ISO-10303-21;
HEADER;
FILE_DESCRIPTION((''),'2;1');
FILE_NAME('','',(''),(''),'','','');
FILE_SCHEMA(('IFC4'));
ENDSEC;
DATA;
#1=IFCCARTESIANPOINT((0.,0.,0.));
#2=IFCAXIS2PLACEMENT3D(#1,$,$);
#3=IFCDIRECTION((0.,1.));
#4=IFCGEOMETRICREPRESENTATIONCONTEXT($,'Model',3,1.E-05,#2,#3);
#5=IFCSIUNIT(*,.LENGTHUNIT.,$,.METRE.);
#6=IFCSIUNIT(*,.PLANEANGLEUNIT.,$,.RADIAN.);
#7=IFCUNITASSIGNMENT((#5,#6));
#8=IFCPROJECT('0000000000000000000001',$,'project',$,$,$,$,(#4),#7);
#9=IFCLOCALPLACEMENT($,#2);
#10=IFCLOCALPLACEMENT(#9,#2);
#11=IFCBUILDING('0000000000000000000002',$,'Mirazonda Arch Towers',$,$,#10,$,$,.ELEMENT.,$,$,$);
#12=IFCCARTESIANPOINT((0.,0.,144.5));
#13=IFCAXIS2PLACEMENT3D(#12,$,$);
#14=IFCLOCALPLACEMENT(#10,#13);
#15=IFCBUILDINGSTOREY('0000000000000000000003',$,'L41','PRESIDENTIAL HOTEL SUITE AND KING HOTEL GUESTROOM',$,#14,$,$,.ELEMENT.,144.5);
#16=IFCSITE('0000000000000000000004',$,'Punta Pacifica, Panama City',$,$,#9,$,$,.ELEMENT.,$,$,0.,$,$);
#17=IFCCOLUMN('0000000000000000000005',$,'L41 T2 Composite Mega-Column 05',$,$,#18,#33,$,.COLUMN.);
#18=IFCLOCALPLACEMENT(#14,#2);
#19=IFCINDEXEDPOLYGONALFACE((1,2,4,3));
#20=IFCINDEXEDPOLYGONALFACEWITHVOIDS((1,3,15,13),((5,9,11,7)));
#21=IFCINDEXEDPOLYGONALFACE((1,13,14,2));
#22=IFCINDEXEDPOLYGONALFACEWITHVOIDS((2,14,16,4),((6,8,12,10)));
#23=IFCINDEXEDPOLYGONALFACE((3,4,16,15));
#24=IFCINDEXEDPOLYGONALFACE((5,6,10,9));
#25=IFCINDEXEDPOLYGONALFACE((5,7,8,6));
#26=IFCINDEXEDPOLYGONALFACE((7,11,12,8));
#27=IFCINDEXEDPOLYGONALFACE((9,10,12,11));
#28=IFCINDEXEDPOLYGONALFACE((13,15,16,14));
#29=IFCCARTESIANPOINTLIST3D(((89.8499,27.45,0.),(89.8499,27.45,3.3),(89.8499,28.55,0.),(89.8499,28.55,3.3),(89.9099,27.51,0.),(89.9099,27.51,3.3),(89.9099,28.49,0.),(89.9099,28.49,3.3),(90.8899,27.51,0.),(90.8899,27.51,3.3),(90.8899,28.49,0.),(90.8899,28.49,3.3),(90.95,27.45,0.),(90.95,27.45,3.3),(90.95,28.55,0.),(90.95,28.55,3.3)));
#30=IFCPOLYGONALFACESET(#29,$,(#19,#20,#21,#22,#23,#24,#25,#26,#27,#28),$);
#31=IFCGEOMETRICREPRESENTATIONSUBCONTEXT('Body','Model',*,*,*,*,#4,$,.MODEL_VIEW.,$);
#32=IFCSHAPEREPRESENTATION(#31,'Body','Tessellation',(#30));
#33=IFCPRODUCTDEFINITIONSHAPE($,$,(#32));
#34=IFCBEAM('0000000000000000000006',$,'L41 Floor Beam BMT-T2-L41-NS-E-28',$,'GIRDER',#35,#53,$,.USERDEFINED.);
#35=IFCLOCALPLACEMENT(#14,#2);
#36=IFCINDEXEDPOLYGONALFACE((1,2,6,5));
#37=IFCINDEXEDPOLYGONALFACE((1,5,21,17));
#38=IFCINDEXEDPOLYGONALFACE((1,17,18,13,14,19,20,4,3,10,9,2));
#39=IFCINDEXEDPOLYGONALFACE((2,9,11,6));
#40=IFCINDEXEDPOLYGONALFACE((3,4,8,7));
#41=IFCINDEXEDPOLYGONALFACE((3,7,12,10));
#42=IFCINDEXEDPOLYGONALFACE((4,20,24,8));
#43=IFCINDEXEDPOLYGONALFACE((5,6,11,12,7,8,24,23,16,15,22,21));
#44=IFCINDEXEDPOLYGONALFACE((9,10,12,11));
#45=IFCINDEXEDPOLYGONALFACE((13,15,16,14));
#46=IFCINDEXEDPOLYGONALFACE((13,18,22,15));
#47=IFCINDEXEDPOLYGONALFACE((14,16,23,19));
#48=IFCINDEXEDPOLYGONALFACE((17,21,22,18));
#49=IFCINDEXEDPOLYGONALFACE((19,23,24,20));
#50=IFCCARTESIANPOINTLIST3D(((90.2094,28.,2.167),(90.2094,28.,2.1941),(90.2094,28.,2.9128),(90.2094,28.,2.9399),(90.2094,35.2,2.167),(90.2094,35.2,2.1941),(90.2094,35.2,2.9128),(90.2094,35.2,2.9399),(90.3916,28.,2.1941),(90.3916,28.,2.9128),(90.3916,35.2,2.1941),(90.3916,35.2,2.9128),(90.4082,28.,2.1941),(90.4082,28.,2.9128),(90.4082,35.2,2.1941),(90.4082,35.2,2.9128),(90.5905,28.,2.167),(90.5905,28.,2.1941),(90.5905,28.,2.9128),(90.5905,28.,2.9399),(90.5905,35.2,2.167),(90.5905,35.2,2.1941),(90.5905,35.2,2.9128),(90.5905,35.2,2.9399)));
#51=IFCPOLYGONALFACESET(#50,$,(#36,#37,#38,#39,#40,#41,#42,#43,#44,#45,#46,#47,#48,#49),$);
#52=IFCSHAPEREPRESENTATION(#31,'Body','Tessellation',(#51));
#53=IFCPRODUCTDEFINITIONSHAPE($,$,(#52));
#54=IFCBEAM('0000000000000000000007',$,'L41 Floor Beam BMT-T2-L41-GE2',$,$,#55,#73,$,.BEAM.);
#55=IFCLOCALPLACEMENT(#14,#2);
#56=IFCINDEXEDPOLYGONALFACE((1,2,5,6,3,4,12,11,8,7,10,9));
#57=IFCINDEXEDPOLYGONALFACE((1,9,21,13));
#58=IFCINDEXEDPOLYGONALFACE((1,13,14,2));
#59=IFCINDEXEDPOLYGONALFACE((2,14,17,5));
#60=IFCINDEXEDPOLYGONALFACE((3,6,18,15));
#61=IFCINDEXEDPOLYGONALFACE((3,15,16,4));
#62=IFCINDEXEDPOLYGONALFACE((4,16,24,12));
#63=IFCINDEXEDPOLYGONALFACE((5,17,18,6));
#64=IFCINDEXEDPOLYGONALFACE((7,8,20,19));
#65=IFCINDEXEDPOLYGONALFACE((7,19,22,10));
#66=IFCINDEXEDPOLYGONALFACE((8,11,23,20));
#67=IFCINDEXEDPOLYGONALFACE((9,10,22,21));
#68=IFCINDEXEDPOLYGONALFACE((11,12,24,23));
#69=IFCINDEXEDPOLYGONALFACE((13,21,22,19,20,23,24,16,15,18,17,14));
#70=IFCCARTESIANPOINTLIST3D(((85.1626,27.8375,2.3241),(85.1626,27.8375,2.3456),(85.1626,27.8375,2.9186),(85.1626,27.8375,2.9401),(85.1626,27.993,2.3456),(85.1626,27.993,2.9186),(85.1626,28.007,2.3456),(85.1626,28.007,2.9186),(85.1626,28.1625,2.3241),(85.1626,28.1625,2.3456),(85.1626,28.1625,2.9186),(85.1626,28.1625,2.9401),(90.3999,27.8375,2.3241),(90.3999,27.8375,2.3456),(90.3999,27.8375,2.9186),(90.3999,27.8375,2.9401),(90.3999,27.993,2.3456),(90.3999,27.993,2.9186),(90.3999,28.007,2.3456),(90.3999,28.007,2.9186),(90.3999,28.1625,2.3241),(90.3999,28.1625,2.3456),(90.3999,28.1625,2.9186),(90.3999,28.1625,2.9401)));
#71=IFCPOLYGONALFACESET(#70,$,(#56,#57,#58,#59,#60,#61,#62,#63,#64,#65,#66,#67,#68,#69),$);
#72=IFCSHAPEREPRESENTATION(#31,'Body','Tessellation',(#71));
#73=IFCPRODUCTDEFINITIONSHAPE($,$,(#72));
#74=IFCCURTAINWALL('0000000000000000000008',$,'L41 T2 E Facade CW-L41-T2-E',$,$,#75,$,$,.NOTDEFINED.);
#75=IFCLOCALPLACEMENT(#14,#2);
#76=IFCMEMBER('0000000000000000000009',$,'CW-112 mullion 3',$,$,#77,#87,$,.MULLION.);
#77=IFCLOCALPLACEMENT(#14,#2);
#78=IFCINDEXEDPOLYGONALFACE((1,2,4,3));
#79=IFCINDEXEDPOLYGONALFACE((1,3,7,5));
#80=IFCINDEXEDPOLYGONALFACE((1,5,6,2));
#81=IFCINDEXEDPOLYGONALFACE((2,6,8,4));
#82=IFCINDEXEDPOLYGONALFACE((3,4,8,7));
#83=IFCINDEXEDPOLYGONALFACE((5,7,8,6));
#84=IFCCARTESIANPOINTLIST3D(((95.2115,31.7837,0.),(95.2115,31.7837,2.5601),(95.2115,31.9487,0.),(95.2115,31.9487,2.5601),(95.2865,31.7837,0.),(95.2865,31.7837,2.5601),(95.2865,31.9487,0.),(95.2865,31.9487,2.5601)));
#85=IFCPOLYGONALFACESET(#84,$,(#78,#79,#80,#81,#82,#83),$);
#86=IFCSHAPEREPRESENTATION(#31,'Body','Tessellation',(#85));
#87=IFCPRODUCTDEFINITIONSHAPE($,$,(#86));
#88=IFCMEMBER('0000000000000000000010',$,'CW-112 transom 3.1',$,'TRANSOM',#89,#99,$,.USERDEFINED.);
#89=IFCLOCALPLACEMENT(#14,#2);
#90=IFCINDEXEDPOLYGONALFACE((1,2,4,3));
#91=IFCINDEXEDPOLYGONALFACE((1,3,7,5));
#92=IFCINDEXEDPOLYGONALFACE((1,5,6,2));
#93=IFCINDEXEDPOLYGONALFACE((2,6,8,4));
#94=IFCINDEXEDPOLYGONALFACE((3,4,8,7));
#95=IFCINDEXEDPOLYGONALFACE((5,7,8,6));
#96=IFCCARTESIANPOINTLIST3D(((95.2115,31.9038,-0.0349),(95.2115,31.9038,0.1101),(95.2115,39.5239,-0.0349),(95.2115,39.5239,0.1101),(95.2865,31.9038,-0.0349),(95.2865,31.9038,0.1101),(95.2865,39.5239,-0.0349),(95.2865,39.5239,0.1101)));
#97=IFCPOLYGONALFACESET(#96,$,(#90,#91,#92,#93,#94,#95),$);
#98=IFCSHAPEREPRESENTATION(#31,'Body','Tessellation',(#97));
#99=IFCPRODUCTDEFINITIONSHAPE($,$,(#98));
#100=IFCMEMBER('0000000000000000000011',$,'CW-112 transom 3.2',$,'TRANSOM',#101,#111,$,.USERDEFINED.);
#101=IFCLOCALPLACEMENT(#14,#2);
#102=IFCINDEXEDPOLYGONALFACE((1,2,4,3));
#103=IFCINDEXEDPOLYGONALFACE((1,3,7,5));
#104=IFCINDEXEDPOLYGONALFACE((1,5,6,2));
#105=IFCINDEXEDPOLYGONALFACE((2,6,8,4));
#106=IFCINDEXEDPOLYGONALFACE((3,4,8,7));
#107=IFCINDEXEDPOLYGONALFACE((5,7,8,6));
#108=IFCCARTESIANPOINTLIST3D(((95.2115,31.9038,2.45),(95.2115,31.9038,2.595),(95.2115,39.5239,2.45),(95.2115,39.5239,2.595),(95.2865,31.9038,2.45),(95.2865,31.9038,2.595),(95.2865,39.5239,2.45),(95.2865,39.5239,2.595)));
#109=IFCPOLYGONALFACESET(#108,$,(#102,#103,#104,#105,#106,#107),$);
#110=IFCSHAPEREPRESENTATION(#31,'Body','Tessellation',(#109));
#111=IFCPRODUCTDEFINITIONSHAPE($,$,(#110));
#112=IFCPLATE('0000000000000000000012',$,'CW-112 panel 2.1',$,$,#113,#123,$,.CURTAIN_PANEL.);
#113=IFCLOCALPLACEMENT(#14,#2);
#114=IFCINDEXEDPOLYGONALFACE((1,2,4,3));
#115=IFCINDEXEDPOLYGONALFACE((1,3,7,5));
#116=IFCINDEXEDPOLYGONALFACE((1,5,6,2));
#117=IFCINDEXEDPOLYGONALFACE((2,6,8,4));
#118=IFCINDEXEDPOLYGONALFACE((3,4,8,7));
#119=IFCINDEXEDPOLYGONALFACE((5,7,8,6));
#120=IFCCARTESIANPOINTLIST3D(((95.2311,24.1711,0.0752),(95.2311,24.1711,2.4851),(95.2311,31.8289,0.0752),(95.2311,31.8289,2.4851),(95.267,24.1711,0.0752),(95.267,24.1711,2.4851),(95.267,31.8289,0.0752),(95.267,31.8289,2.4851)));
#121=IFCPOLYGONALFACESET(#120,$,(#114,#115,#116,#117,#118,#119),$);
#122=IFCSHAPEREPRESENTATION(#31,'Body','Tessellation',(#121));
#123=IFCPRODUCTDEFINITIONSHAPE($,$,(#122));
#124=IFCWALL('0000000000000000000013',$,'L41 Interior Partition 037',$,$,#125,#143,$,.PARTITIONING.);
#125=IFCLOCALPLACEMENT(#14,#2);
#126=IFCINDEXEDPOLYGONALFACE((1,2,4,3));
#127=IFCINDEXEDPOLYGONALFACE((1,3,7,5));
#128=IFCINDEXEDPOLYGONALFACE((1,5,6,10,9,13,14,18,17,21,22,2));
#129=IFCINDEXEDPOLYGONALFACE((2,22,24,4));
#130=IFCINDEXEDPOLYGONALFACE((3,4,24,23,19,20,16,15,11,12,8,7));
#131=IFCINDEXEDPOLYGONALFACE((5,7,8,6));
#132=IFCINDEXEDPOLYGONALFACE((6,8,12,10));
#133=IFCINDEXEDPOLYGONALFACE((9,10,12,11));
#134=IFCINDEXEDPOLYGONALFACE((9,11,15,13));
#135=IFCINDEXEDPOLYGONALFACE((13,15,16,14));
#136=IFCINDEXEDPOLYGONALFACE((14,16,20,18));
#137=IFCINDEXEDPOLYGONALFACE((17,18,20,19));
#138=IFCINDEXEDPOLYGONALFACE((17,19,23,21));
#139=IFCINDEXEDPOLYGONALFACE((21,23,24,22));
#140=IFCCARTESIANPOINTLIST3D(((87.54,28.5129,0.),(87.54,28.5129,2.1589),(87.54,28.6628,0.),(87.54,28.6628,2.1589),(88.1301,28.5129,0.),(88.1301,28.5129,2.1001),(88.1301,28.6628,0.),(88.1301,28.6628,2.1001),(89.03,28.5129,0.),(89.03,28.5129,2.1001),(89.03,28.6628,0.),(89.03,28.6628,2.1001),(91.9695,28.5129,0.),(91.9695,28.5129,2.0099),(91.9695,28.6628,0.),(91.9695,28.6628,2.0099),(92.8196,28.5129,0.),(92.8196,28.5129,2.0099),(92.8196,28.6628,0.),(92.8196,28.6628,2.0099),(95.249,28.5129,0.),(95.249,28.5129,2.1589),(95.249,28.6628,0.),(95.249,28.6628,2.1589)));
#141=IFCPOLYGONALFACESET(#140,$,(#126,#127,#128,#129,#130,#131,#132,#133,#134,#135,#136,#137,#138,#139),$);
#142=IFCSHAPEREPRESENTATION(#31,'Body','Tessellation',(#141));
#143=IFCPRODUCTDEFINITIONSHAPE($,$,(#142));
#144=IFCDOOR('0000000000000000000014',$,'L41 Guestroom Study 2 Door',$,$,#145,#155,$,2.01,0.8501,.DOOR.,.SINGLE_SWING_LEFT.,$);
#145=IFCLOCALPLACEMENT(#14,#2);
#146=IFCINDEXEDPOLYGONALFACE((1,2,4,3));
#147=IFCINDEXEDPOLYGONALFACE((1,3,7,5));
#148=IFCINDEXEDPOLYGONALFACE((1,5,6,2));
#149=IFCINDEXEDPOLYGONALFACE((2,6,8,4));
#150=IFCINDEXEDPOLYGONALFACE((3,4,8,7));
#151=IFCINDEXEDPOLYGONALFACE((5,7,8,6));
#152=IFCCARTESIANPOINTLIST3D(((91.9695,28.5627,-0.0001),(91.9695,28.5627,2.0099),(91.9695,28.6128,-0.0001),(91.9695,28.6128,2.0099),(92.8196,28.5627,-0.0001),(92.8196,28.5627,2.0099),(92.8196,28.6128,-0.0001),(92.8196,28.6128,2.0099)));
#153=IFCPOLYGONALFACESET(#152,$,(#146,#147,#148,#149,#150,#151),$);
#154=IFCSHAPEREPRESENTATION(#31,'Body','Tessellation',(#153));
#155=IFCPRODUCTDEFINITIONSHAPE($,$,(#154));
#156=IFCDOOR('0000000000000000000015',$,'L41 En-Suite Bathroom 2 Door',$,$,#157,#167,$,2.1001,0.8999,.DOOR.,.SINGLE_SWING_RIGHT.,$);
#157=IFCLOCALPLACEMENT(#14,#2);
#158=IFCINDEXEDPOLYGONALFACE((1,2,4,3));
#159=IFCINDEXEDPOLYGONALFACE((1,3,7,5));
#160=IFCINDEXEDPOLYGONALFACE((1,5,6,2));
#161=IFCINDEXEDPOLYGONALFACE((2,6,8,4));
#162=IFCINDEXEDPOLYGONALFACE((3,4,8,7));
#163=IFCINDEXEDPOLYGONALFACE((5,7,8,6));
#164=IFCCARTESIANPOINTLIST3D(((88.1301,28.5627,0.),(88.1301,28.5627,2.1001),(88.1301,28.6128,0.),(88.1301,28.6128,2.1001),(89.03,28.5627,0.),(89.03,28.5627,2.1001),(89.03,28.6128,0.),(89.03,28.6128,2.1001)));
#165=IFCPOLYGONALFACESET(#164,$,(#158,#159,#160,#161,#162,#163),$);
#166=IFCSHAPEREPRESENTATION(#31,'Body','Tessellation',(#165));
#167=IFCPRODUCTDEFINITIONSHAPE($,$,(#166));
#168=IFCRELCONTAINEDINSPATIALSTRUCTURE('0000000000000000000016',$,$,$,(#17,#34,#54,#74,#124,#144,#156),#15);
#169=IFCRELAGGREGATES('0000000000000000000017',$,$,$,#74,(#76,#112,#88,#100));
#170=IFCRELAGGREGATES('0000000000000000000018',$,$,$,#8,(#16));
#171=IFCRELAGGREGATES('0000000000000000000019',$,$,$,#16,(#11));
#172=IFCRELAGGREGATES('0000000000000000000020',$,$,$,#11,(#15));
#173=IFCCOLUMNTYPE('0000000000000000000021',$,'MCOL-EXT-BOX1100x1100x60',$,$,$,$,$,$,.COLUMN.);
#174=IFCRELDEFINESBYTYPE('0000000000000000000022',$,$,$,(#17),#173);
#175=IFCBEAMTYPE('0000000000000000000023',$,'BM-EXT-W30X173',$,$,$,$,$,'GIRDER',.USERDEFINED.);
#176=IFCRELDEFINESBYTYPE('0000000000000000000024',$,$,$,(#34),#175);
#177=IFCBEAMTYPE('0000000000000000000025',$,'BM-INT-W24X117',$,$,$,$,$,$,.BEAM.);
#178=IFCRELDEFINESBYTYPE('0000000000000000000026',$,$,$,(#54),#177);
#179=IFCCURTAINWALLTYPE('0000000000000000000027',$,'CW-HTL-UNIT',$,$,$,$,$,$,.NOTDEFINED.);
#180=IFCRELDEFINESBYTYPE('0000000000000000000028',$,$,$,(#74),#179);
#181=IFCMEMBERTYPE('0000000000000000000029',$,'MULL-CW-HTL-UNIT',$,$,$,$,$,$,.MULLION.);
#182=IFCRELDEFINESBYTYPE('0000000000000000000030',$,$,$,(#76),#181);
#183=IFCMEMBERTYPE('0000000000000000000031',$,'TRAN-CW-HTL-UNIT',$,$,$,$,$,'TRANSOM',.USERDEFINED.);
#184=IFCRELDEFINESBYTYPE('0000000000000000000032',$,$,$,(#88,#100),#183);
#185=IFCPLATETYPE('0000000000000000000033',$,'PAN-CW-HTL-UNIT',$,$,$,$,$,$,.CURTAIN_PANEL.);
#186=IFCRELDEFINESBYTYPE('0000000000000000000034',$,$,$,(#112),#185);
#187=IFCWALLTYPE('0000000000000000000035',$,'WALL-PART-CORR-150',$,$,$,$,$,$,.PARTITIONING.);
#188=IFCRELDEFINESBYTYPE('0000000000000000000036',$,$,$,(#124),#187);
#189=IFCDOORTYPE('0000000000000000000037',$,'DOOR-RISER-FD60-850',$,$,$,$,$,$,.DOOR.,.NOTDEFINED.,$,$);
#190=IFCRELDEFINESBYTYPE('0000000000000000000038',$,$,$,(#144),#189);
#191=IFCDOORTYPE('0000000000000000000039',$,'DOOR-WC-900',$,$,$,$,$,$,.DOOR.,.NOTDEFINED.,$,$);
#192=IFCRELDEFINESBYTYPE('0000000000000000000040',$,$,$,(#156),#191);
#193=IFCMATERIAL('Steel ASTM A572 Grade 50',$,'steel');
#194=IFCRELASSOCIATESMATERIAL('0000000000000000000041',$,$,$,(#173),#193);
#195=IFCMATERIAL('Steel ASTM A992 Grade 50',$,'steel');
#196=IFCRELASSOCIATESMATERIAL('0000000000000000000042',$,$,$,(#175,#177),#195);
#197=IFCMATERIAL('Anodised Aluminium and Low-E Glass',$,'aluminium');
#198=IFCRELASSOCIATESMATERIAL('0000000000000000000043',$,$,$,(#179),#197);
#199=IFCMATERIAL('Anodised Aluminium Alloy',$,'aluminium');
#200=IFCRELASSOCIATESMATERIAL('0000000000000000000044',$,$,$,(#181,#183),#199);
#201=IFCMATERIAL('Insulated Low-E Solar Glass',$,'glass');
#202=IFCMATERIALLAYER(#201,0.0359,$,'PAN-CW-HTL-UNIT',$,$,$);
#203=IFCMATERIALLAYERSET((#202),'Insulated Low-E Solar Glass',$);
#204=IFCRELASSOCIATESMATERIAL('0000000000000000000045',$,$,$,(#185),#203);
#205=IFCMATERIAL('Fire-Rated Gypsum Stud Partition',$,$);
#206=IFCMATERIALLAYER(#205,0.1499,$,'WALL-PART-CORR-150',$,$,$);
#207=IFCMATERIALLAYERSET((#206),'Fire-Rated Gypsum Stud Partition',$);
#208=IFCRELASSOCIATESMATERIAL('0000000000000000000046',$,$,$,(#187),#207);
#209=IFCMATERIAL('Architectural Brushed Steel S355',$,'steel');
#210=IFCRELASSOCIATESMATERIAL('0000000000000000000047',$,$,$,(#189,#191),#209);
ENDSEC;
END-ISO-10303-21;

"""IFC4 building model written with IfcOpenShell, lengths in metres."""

from ifc_helpers import new_model, si_unit, direction, frame, frame_2d, origin, origin_2d, place, context, subcontext, project, spatial, rectangle, hollow_rectangle, i_section, extrude, material, layer, layer_set, material_profile, profile_set, type_object, element, fill, aggregate, save


model = new_model("IFC4")

# Units and contexts
model_context = context("Model", 3, precision=1e-05, world=origin(), true_north=direction((0.0, 1.0)))
body_context = subcontext(model_context, "Body", "Model", "MODEL_VIEW")
ifc_project = project(units=[si_unit("LENGTHUNIT", "METRE"), si_unit("PLANEANGLEUNIT", "RADIAN")], contexts=[model_context])

# Site, building, storey
site_placement = place(None, origin())
site = spatial("IfcSite", under=ifc_project, at=site_placement, Name="Punta Pacifica, Panama City", CompositionType="ELEMENT", RefElevation=0.0)
building_placement = place(site_placement, origin())
building = spatial("IfcBuilding", under=site, at=building_placement, Name="Mirazonda Arch Towers", CompositionType="ELEMENT")
storey_placement = place(building_placement, frame((0.0, 0.0, 144.5)))
storey = spatial("IfcBuildingStorey", under=building, at=storey_placement, Name="L41", Description="PRESIDENTIAL HOTEL SUITE AND KING HOTEL GUESTROOM", CompositionType="ELEMENT", Elevation=144.5)

# Column
ifc_material_1 = material(Name="Steel ASTM A572 Grade 50", Category="steel")
ifc_material_profile_1 = material_profile(ifc_material_1, hollow_rectangle(XDim=1.1001, YDim=1.1001, WallThickness=0.0601, at=origin_2d()), Name="BOX1100x1100x60")
ifc_profile_set_1 = profile_set([ifc_material_profile_1], Name="Steel ASTM A572 Grade 50")
column_type = type_object("IfcColumnType", Name="MCOL-EXT-BOX1100x1100x60", PredefinedType="COLUMN", material=ifc_profile_set_1)
column_placement = place(storey_placement, frame((90.3999, 28.0, 0.0), z_axis=(0.0, 0.0, 1.0), x_axis=(1.0, 0.0, 0.0)))
element("IfcColumn", 1, at=column_placement, inside=storey, type_object=column_type, Name="L41 T2 Composite Mega-Column 05", PredefinedType="COLUMN", context=body_context, shape_type="SweptSolid", body=[
    extrude(hollow_rectangle(XDim=1.1001, YDim=1.1001, WallThickness=0.0601, at=origin_2d()), origin(), (0.0, 0.0, 1.0), 3.3),
])

# Beams
ifc_material_2 = material(Name="Steel ASTM A992 Grade 50", Category="steel")
ifc_material_profile_2 = material_profile(ifc_material_2, i_section(OverallWidth=0.3811, OverallDepth=0.7729, WebThickness=0.0166, FlangeThickness=0.0271, at=origin_2d()), Name="W30X173")
ifc_profile_set_2 = profile_set([ifc_material_profile_2], Name="Steel ASTM A992 Grade 50")
beam_type_1 = type_object("IfcBeamType", Name="BM-EXT-W30X173", ElementType="GIRDER", PredefinedType="USERDEFINED", material=ifc_profile_set_2)
beam_1_placement = place(storey_placement, frame((90.3999, 28.0, 2.5535), z_axis=(0.0, 1.0, 0.0), x_axis=(-1.0, 0.0, 0.0)))
element("IfcBeam", 2, at=beam_1_placement, inside=storey, type_object=beam_type_1, Name="L41 Floor Beam BMT-T2-L41-NS-E-28", ObjectType="GIRDER", PredefinedType="USERDEFINED", context=body_context, shape_type="SweptSolid", body=[
    extrude(i_section(OverallWidth=0.3811, OverallDepth=0.7729, WebThickness=0.0166, FlangeThickness=0.0271, at=origin_2d()), origin(), (0.0, 0.0, 1.0), 7.2),
])
ifc_material_profile_3 = material_profile(ifc_material_2, i_section(OverallWidth=0.325, OverallDepth=0.616, WebThickness=0.0139, FlangeThickness=0.0215, at=origin_2d()), Name="W24X117")
ifc_profile_set_3 = profile_set([ifc_material_profile_3], Name="Steel ASTM A992 Grade 50")
beam_type_2 = type_object("IfcBeamType", Name="BM-INT-W24X117", PredefinedType="BEAM", material=ifc_profile_set_3)
beam_2_placement = place(storey_placement, frame((85.1626, 28.0, 2.6321), z_axis=(1.0, 0.0, 0.0), x_axis=(0.0, 1.0, 0.0)))
element("IfcBeam", 3, at=beam_2_placement, inside=storey, type_object=beam_type_2, Name="L41 Floor Beam BMT-T2-L41-GE2", PredefinedType="BEAM", context=body_context, shape_type="SweptSolid", body=[
    extrude(i_section(OverallWidth=0.325, OverallDepth=0.616, WebThickness=0.0139, FlangeThickness=0.0215, at=origin_2d()), origin(), (0.0, 0.0, 1.0), 5.2373),
])

# Curtain wall, members, plate
ifc_material_3 = material(Name="Anodised Aluminium and Low-E Glass", Category="aluminium")
curtain_wall_type = type_object("IfcCurtainWallType", Name="CW-HTL-UNIT", PredefinedType="NOTDEFINED", material=ifc_material_3)
curtain_wall_placement = place(storey_placement, origin())
curtain_wall = element("IfcCurtainWall", 4, at=curtain_wall_placement, inside=storey, type_object=curtain_wall_type, Name="L41 T2 E Facade CW-L41-T2-E", PredefinedType="NOTDEFINED")
ifc_material_4 = material(Name="Anodised Aluminium Alloy", Category="aluminium")
ifc_material_profile_4 = material_profile(ifc_material_4, rectangle(XDim=0.075, YDim=0.165, at=origin_2d()), Name="ALU-MULL-75x165")
ifc_profile_set_4 = profile_set([ifc_material_profile_4], Name="Anodised Aluminium Alloy")
member_type_1 = type_object("IfcMemberType", Name="MULL-CW-HTL-UNIT", PredefinedType="MULLION", material=ifc_profile_set_4)
member_1_placement = place(storey_placement, frame((95.249, 31.8662, 0.0), z_axis=(0.0, 0.0, 1.0), x_axis=(-1.0, 0.0, 0.0)))
member_1 = element("IfcMember", 5, at=member_1_placement, type_object=member_type_1, Name="CW-112 mullion 3", PredefinedType="MULLION", context=body_context, shape_type="SweptSolid", body=[
    extrude(rectangle(XDim=0.075, YDim=0.165, at=origin_2d()), origin(), (0.0, 0.0, 1.0), 2.5601),
])
ifc_material_profile_5 = material_profile(ifc_material_4, rectangle(XDim=0.075, YDim=0.145, at=origin_2d()), Name="ALU-TRAN-75x145")
ifc_profile_set_5 = profile_set([ifc_material_profile_5], Name="Anodised Aluminium Alloy")
member_type_2 = type_object("IfcMemberType", Name="TRAN-CW-HTL-UNIT", ElementType="TRANSOM", PredefinedType="USERDEFINED", material=ifc_profile_set_5)
member_2_placement = place(storey_placement, frame((95.249, 31.9038, 0.0376), z_axis=(0.0, 1.0, 0.0), x_axis=(-1.0, 0.0, 0.0)))
member_2 = element("IfcMember", 6, at=member_2_placement, type_object=member_type_2, Name="CW-112 transom 3.1", ObjectType="TRANSOM", PredefinedType="USERDEFINED", context=body_context, shape_type="SweptSolid", body=[
    extrude(rectangle(XDim=0.075, YDim=0.145, at=origin_2d()), origin(), (0.0, 0.0, 1.0), 7.6201),
])
member_3_placement = place(storey_placement, frame((95.249, 31.9038, 2.5225), z_axis=(0.0, 1.0, 0.0), x_axis=(-1.0, 0.0, 0.0)))
member_3 = element("IfcMember", 7, at=member_3_placement, type_object=member_type_2, Name="CW-112 transom 3.2", ObjectType="TRANSOM", PredefinedType="USERDEFINED", context=body_context, shape_type="SweptSolid", body=[
    extrude(rectangle(XDim=0.075, YDim=0.145, at=origin_2d()), origin(), (0.0, 0.0, 1.0), 7.6201),
])
ifc_material_5 = material(Name="Insulated Low-E Solar Glass", Category="glass")
ifc_layer_1 = layer(ifc_material_5, 0.0359, Name="PAN-CW-HTL-UNIT")
ifc_layer_set_1 = layer_set([ifc_layer_1], Name="Insulated Low-E Solar Glass")
plate_type = type_object("IfcPlateType", Name="PAN-CW-HTL-UNIT", PredefinedType="CURTAIN_PANEL", material=ifc_layer_set_1)
plate_placement = place(storey_placement, frame((95.249, 28.0, 0.0752), z_axis=(0.0, 0.0, 1.0), x_axis=(0.0, 1.0, 0.0)))
plate = element("IfcPlate", 8, at=plate_placement, type_object=plate_type, Name="CW-112 panel 2.1", PredefinedType="CURTAIN_PANEL", context=body_context, shape_type="SweptSolid", body=[
    extrude(rectangle(XDim=7.6577, YDim=0.0359, at=origin_2d()), origin(), (0.0, 0.0, 1.0), 2.4099),
])
aggregate(curtain_wall, [member_1, plate, member_2, member_3])

# Wall, openings, doors
ifc_material_6 = material(Name="Fire-Rated Gypsum Stud Partition")
ifc_layer_2 = layer(ifc_material_6, 0.1499, Name="WALL-PART-CORR-150")
ifc_layer_set_2 = layer_set([ifc_layer_2], Name="Fire-Rated Gypsum Stud Partition")
wall_type_1 = type_object("IfcWallType", Name="WALL-PART-CORR-150", PredefinedType="PARTITIONING", material=ifc_layer_set_2)
wall_1_placement = place(storey_placement, frame((87.54, 28.5879, 0.0), z_axis=(0.0, 0.0, 1.0), x_axis=(1.0, 0.0, 0.0)))
wall_1 = element("IfcWall", 9, at=wall_1_placement, inside=storey, type_object=wall_type_1, Name="L41 Interior Partition 037", PredefinedType="PARTITIONING", context=body_context, shape_type="SweptSolid", body=[
    extrude(rectangle(XDim=7.709, YDim=0.1499, at=frame_2d((3.8545, 0.0))), origin(), (0.0, 0.0, 1.0), 2.1589),
])
opening_1_placement = place(wall_1_placement, frame((4.4294, 0.0, 0.0)))
opening_1 = element("IfcOpeningElement", 10, at=opening_1_placement, cuts=wall_1, PredefinedType="OPENING", context=body_context, shape_type="SweptSolid", body=[
    extrude(rectangle(XDim=0.8501, YDim=2.01, at=frame_2d((0.425, 1.0049))), frame((0.0, 0.085, 0.0), z_axis=(0.0, -1.0, 0.0), x_axis=(1.0, 0.0, 0.0)), (0.0, 0.0, 1.0), 0.1699),
])
opening_2_placement = place(wall_1_placement, frame((0.5901, 0.0, 0.0)))
opening_2 = element("IfcOpeningElement", 11, at=opening_2_placement, cuts=wall_1, PredefinedType="OPENING", context=body_context, shape_type="SweptSolid", body=[
    extrude(rectangle(XDim=0.8999, YDim=2.1001, at=frame_2d((0.45, 1.05))), frame((0.0, 0.085, 0.0), z_axis=(0.0, -1.0, 0.0), x_axis=(1.0, 0.0, 0.0)), (0.0, 0.0, 1.0), 0.1699),
])
ifc_material_7 = material(Name="Architectural Brushed Steel S355", Category="steel")
door_type_1 = type_object("IfcDoorType", Name="DOOR-RISER-FD60-850", OperationType="NOTDEFINED", PredefinedType="DOOR", material=ifc_material_7)
door_1_placement = place(opening_1_placement, origin())
door_1 = element("IfcDoor", 12, at=door_1_placement, inside=storey, type_object=door_type_1, Name="L41 Guestroom Study 2 Door", OperationType="SINGLE_SWING_LEFT", OverallHeight=2.01, OverallWidth=0.8501, PredefinedType="DOOR", context=body_context, shape_type="SweptSolid", body=[
    extrude(rectangle(XDim=0.8501, YDim=2.01, at=frame_2d((0.425, 1.0049))), frame((0.0, 0.0249, 0.0), z_axis=(0.0, -1.0, 0.0), x_axis=(1.0, 0.0, 0.0)), (0.0, 0.0, 1.0), 0.05),
])
fill(opening_1, door_1)
door_type_2 = type_object("IfcDoorType", Name="DOOR-WC-900", OperationType="NOTDEFINED", PredefinedType="DOOR", material=ifc_material_7)
door_2_placement = place(opening_2_placement, origin())
door_2 = element("IfcDoor", 13, at=door_2_placement, inside=storey, type_object=door_type_2, Name="L41 En-Suite Bathroom 2 Door", OperationType="SINGLE_SWING_RIGHT", OverallHeight=2.1001, OverallWidth=0.8999, PredefinedType="DOOR", context=body_context, shape_type="SweptSolid", body=[
    extrude(rectangle(XDim=0.8999, YDim=2.1001, at=frame_2d((0.45, 1.05))), frame((0.0, 0.0249, 0.0), z_axis=(0.0, -1.0, 0.0), x_axis=(1.0, 0.0, 0.0)), (0.0, 0.0, 1.0), 0.05),
])
fill(opening_2, door_2)

save(model, "model.ifc")
